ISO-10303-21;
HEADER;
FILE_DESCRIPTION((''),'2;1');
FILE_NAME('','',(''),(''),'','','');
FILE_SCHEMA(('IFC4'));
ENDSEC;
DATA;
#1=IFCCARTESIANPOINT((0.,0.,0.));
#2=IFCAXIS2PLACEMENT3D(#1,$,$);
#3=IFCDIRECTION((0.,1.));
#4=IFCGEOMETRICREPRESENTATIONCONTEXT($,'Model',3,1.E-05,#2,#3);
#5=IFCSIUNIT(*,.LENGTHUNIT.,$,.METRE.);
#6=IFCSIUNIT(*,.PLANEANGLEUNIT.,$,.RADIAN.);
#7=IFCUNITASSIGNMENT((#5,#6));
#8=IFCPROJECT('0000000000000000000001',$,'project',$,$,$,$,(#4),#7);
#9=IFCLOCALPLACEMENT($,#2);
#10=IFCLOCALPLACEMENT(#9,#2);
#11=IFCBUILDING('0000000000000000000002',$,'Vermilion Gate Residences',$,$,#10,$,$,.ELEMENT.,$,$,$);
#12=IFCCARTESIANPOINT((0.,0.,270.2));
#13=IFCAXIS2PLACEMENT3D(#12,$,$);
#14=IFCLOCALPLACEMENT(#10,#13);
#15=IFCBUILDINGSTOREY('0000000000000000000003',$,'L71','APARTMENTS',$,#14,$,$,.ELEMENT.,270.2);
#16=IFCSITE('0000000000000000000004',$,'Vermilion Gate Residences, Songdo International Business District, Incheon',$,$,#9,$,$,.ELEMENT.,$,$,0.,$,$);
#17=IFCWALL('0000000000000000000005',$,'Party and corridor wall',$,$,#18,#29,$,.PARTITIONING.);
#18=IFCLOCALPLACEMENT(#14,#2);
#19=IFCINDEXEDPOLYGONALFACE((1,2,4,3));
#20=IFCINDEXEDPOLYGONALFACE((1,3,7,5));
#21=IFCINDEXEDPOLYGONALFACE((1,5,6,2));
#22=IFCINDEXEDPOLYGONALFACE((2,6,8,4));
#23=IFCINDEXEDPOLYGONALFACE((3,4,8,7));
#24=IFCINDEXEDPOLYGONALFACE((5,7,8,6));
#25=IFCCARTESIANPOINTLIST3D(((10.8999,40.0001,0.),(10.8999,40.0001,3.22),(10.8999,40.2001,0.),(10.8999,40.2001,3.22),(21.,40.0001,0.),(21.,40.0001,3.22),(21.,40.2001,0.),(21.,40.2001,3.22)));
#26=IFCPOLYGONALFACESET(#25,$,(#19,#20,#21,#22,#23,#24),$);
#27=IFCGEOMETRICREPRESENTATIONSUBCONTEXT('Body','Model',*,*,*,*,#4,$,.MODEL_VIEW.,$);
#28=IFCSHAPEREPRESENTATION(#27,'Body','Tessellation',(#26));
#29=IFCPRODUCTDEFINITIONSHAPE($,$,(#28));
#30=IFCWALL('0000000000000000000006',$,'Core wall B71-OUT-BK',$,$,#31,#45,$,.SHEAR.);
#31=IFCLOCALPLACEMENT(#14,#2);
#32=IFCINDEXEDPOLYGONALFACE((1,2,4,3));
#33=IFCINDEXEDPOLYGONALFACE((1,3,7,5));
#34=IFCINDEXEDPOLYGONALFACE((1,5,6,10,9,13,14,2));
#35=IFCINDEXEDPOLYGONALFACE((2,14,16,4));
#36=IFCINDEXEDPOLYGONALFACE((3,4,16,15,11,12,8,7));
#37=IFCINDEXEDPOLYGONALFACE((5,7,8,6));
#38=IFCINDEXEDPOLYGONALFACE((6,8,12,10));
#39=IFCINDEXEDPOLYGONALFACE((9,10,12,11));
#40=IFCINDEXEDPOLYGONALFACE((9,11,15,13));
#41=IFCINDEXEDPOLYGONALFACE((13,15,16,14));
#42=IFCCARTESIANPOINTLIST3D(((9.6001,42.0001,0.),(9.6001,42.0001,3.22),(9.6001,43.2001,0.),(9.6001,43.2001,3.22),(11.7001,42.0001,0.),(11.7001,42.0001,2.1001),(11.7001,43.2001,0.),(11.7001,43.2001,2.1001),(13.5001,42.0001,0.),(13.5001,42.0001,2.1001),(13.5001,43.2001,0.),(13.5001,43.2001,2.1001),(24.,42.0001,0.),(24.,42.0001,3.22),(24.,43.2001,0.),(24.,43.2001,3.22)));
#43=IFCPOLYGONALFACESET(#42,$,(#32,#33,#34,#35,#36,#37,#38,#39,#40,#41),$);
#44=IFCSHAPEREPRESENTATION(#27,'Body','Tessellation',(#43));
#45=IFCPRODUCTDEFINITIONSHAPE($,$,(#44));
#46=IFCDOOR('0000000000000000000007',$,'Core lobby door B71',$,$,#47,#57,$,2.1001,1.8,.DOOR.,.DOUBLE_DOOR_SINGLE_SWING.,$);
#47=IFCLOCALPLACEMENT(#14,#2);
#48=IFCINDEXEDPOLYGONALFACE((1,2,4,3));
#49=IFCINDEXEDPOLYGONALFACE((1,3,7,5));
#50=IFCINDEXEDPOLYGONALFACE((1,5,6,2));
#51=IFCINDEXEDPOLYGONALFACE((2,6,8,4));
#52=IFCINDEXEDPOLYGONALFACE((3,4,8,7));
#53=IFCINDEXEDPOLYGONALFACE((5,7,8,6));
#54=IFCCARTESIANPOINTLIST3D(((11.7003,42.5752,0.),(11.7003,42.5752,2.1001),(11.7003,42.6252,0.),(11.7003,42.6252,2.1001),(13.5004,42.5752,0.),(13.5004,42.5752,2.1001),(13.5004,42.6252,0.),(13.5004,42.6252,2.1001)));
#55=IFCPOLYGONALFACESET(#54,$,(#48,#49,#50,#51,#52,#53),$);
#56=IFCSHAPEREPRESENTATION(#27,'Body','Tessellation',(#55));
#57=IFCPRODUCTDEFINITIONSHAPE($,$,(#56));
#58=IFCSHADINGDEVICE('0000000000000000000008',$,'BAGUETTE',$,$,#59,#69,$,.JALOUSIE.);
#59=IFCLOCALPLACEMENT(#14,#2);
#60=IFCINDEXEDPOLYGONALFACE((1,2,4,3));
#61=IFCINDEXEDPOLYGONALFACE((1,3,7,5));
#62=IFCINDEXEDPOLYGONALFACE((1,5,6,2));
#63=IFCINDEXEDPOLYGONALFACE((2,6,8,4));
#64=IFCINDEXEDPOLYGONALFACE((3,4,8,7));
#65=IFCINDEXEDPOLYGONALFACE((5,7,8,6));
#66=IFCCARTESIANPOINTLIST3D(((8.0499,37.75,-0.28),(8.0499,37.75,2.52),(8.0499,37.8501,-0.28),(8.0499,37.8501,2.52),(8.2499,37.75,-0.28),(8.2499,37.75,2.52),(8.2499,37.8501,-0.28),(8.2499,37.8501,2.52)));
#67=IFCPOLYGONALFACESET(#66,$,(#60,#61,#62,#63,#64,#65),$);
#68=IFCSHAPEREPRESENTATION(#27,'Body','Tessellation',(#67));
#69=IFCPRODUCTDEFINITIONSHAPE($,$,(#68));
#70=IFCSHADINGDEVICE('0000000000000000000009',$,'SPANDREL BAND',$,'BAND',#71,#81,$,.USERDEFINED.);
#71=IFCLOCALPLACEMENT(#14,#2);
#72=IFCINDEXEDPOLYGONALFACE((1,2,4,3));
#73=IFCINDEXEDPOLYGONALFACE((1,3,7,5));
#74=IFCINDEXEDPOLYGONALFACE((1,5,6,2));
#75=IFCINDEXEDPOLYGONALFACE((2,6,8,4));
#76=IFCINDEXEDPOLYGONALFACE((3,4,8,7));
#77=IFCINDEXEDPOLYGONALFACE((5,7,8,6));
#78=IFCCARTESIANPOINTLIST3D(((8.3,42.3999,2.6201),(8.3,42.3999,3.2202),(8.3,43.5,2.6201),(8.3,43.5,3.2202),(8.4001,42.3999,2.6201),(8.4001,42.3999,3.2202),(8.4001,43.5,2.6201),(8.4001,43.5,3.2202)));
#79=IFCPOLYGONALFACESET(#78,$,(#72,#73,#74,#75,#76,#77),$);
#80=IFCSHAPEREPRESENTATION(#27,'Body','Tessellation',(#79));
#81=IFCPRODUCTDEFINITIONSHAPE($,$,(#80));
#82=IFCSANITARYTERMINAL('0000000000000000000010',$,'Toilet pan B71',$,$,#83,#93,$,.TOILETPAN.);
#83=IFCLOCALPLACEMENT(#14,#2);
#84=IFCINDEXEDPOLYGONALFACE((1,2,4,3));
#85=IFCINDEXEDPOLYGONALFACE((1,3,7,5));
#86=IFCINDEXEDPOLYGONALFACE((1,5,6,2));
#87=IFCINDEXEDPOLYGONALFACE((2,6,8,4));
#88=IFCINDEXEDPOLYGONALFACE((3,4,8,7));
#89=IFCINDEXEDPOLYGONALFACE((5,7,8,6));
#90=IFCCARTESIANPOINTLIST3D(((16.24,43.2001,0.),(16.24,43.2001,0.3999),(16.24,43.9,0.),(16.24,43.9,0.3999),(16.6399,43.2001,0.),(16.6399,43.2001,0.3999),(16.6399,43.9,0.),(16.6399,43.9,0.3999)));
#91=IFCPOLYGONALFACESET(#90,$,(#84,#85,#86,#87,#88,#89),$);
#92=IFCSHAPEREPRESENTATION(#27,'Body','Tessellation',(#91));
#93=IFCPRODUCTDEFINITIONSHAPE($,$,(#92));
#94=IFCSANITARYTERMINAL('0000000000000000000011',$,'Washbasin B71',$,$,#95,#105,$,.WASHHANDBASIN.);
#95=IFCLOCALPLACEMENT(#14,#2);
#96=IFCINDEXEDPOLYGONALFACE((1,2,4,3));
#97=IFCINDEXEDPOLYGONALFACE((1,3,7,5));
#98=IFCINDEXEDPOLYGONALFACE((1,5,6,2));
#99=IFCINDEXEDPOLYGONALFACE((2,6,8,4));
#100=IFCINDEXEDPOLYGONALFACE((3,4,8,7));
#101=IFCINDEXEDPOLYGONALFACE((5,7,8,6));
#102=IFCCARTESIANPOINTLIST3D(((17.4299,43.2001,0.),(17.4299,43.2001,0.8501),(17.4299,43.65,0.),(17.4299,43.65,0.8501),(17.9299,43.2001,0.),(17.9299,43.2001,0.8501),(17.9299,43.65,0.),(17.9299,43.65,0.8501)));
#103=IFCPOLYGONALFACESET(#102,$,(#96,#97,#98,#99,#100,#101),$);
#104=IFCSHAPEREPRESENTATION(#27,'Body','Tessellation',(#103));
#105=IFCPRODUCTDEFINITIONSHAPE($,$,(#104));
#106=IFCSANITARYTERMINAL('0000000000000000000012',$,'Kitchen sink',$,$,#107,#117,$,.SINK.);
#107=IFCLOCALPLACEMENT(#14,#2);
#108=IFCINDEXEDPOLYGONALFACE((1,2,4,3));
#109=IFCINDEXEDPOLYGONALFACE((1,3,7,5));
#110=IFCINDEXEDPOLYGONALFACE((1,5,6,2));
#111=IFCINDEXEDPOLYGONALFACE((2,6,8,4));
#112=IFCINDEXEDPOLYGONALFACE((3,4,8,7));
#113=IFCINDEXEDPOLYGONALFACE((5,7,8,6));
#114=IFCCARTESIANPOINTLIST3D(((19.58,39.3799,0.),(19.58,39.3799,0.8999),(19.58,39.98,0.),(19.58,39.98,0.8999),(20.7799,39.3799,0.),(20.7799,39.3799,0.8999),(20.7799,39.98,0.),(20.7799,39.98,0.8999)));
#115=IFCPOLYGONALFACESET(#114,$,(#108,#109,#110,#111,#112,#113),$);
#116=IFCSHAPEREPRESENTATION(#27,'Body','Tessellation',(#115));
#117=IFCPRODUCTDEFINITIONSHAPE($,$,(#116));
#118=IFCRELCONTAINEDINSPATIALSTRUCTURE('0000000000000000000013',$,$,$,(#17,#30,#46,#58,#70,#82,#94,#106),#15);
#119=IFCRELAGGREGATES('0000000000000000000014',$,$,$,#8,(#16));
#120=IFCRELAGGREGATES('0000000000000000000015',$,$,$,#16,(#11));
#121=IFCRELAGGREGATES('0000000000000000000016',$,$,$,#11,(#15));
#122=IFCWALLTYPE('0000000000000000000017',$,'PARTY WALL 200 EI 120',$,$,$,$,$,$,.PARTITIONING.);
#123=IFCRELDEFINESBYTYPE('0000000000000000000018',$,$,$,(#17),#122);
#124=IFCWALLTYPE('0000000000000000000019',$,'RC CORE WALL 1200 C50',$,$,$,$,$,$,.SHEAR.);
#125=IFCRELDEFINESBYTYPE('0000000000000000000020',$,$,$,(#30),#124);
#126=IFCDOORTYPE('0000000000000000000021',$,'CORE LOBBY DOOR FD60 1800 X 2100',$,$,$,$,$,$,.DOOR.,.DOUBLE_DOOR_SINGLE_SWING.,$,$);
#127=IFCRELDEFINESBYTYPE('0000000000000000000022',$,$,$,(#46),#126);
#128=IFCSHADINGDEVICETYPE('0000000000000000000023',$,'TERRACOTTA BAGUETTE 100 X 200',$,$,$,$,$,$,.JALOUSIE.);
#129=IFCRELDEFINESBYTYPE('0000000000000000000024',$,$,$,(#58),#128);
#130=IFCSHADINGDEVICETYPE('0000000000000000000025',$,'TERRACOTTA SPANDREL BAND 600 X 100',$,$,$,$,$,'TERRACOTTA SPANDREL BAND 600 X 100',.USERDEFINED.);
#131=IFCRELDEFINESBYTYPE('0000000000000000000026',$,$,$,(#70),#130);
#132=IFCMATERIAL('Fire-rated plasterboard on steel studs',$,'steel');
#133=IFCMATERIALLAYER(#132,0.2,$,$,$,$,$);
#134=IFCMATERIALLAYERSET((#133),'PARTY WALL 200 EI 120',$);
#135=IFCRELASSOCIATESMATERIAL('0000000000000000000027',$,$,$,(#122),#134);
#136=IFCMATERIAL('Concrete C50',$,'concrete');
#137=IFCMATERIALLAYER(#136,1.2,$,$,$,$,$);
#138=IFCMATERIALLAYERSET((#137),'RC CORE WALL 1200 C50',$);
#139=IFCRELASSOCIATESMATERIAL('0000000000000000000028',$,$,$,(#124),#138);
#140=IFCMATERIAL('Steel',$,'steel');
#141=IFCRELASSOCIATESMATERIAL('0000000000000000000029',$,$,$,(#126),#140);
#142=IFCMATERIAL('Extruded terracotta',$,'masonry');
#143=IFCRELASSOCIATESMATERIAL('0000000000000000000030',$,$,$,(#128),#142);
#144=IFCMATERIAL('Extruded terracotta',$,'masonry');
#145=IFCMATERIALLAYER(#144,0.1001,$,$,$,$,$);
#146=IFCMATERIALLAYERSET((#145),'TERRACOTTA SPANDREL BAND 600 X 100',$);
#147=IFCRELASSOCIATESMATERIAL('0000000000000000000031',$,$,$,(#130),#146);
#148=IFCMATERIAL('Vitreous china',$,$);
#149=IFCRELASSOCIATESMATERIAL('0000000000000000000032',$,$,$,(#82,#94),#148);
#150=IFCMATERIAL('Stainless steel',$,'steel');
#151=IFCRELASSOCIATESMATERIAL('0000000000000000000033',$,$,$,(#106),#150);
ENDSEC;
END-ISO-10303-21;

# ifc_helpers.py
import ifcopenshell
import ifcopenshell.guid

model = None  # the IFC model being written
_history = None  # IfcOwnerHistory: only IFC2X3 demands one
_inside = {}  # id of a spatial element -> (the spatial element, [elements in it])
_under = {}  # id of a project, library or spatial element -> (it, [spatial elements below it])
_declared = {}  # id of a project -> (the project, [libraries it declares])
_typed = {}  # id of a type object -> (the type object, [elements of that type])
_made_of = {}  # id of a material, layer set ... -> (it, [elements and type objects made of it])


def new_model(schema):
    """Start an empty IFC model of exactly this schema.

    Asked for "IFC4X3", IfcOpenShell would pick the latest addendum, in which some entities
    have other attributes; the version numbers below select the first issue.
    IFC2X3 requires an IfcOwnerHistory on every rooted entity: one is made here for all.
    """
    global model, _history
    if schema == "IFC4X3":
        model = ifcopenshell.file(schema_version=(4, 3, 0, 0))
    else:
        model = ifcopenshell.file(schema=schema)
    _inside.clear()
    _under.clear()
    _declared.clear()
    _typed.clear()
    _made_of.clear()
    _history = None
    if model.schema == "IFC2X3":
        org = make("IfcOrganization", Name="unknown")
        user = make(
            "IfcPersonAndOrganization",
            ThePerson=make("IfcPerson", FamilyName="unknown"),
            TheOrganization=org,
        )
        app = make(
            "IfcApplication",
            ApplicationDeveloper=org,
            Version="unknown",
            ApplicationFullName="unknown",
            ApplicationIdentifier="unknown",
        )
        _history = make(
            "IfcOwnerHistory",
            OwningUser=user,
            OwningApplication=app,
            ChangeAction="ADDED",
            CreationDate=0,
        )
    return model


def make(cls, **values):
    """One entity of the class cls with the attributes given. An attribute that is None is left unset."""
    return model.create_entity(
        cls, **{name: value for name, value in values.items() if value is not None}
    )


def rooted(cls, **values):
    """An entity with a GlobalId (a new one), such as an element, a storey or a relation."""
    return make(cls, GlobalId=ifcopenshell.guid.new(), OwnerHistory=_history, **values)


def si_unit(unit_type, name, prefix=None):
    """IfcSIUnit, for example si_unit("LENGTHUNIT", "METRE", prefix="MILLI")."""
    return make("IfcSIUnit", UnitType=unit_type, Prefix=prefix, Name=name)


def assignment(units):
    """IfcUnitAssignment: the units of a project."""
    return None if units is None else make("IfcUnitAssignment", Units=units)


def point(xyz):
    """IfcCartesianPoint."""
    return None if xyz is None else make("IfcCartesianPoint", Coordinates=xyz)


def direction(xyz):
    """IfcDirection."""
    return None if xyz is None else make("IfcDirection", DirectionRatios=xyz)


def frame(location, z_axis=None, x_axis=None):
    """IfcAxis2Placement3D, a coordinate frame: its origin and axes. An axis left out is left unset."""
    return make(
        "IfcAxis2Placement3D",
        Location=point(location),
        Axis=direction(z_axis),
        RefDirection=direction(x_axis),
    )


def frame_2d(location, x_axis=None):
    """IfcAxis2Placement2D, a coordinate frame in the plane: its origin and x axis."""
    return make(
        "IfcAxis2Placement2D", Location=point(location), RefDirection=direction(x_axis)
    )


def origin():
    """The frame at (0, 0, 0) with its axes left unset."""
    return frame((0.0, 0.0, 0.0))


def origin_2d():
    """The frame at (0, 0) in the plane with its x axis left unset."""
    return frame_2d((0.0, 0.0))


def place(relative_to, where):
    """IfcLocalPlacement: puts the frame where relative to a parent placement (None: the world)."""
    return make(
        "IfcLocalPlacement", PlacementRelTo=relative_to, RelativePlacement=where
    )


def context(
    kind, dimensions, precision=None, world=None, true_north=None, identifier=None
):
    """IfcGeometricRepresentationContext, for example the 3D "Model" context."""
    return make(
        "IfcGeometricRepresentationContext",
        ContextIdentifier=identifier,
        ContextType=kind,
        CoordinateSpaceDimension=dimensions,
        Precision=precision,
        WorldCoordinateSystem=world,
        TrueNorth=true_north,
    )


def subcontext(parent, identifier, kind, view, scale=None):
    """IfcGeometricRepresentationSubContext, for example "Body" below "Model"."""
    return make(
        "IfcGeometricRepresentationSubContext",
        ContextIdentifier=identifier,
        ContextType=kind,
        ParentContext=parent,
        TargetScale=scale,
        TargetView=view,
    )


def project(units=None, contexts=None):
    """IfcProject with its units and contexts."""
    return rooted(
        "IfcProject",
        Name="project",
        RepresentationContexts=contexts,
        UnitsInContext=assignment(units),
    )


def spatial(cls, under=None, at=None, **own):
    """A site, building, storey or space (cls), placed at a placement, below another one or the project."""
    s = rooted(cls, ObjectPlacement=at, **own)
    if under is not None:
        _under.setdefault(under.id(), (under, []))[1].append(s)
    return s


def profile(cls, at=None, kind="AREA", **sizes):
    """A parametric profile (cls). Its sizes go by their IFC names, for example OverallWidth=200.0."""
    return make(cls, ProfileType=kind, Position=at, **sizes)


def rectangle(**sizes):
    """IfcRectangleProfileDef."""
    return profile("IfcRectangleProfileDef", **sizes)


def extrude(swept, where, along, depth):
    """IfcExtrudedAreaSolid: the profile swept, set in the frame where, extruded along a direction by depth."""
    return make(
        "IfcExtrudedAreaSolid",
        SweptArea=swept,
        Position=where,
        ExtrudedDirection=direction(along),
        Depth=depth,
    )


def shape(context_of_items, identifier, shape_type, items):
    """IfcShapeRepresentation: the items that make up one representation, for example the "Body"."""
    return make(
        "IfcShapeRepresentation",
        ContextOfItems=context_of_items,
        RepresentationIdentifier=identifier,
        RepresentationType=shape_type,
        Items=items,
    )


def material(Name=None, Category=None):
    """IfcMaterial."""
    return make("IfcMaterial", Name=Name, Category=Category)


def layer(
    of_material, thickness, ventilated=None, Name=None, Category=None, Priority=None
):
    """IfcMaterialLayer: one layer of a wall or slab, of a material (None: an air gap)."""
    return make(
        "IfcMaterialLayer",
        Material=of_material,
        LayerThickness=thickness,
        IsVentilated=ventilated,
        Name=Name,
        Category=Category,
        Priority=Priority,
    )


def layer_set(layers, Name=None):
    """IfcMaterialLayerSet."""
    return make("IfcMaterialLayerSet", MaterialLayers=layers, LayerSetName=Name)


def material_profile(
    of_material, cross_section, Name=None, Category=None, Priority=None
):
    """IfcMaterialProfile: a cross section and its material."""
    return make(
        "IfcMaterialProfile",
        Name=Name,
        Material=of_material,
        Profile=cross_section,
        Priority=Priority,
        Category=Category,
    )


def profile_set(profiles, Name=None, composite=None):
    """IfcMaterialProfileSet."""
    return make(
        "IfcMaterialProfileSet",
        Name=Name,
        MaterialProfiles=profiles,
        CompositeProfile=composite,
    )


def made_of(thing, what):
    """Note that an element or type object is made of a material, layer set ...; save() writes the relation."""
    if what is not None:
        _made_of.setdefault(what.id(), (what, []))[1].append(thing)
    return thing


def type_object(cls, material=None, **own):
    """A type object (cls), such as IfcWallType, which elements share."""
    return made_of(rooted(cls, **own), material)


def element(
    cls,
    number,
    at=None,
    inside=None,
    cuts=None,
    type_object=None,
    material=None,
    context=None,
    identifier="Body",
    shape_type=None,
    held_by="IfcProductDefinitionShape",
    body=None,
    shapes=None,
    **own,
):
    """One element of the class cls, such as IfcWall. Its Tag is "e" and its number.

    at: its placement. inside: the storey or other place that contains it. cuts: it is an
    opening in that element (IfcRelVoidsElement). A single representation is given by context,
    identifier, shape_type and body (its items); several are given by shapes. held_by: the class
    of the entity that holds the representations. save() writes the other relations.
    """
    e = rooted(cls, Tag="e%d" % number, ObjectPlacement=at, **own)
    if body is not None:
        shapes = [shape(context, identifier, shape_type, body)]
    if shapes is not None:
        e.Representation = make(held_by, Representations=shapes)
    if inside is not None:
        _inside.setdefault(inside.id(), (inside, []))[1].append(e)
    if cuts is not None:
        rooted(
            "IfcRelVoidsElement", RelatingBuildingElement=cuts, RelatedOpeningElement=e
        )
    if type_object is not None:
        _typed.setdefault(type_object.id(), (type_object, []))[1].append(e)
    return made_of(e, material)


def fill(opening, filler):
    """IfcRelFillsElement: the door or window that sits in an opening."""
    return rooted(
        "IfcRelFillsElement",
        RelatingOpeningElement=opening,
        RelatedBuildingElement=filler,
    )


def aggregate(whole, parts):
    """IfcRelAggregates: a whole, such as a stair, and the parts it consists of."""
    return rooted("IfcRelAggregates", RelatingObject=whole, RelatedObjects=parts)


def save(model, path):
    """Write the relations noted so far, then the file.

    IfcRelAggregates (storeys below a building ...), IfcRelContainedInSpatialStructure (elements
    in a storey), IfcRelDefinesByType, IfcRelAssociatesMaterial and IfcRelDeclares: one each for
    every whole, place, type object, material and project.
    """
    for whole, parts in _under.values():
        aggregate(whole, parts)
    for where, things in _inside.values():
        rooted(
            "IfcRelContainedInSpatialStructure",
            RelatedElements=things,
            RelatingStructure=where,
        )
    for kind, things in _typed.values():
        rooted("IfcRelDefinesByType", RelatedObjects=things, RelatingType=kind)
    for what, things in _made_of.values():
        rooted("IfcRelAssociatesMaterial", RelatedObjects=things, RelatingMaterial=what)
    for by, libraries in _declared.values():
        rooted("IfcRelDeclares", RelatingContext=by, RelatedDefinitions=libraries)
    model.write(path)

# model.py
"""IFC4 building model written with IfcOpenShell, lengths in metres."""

from ifc_helpers import new_model, si_unit, direction, frame, frame_2d, origin, origin_2d, place, context, subcontext, project, spatial, rectangle, extrude, material, layer, layer_set, material_profile, profile_set, type_object, element, fill, save


model = new_model("IFC4")

# Units and contexts
model_context = context("Model", 3, precision=1e-05, world=origin(), true_north=direction((0.0, 1.0)))
body_context = subcontext(model_context, "Body", "Model", "MODEL_VIEW")
ifc_project = project(units=[si_unit("LENGTHUNIT", "METRE"), si_unit("PLANEANGLEUNIT", "RADIAN")], contexts=[model_context])

# Site, building, storey
site_placement = place(None, origin())
site = spatial("IfcSite", under=ifc_project, at=site_placement, Name="Vermilion Gate Residences, Songdo International Business District, Incheon", CompositionType="ELEMENT", RefElevation=0.0)
building_placement = place(site_placement, origin())
building = spatial("IfcBuilding", under=site, at=building_placement, Name="Vermilion Gate Residences", CompositionType="ELEMENT")
storey_placement = place(building_placement, frame((0.0, 0.0, 270.2)))
storey = spatial("IfcBuildingStorey", under=building, at=storey_placement, Name="L71", Description="APARTMENTS", CompositionType="ELEMENT", Elevation=270.2)

# Wall
ifc_material_1 = material(Name="Fire-rated plasterboard on steel studs", Category="steel")
ifc_layer_1 = layer(ifc_material_1, 0.2)
ifc_layer_set_1 = layer_set([ifc_layer_1], Name="PARTY WALL 200 EI 120")
wall_type_1 = type_object("IfcWallType", Name="PARTY WALL 200 EI 120", PredefinedType="PARTITIONING", material=ifc_layer_set_1)
wall_1_placement = place(storey_placement, frame((10.8999, 40.1001, 0.0), z_axis=(0.0, 0.0, 1.0), x_axis=(1.0, 0.0, 0.0)))
element("IfcWall", 1, at=wall_1_placement, inside=storey, type_object=wall_type_1, Name="Party and corridor wall", PredefinedType="PARTITIONING", context=body_context, shape_type="SweptSolid", body=[
    extrude(rectangle(XDim=10.1001, YDim=0.2, at=frame_2d((5.05, 0.0))), origin(), (0.0, 0.0, 1.0), 3.22),
])

# Wall, opening, door
ifc_material_2 = material(Name="Concrete C50", Category="concrete")
ifc_layer_2 = layer(ifc_material_2, 1.2)
ifc_layer_set_2 = layer_set([ifc_layer_2], Name="RC CORE WALL 1200 C50")
wall_type_2 = type_object("IfcWallType", Name="RC CORE WALL 1200 C50", PredefinedType="SHEAR", material=ifc_layer_set_2)
wall_2_placement = place(storey_placement, frame((9.6001, 42.6001, 0.0), z_axis=(0.0, 0.0, 1.0), x_axis=(1.0, 0.0, 0.0)))
wall_2 = element("IfcWall", 2, at=wall_2_placement, inside=storey, type_object=wall_type_2, Name="Core wall B71-OUT-BK", PredefinedType="SHEAR", context=body_context, shape_type="SweptSolid", body=[
    extrude(rectangle(XDim=14.3999, YDim=1.2, at=frame_2d((7.2, 0.0))), origin(), (0.0, 0.0, 1.0), 3.22),
])
opening_1_placement = place(wall_2_placement, frame((2.1001, 0.0, 0.0)))
opening_1 = element("IfcOpeningElement", 3, at=opening_1_placement, cuts=wall_2, PredefinedType="OPENING", context=body_context, shape_type="SweptSolid", body=[
    extrude(rectangle(XDim=1.8, YDim=2.1001, at=frame_2d((0.8999, 1.05))), frame((0.0, 0.6099, 0.0), z_axis=(0.0, -1.0, 0.0), x_axis=(1.0, 0.0, 0.0)), (0.0, 0.0, 1.0), 1.22),
])
ifc_material_3 = material(Name="Steel", Category="steel")
door_type_1 = type_object("IfcDoorType", Name="CORE LOBBY DOOR FD60 1800 X 2100", OperationType="DOUBLE_DOOR_SINGLE_SWING", PredefinedType="DOOR", material=ifc_material_3)
door_1_placement = place(opening_1_placement, frame((1.8, 0.0, 0.0), z_axis=(0.0, 0.0, 1.0), x_axis=(-1.0, 0.0, 0.0)))
door_1 = element("IfcDoor", 4, at=door_1_placement, inside=storey, type_object=door_type_1, Name="Core lobby door B71", OperationType="DOUBLE_DOOR_SINGLE_SWING", OverallHeight=2.1001, OverallWidth=1.8, PredefinedType="DOOR", context=body_context, shape_type="SweptSolid", body=[
    extrude(rectangle(XDim=1.8, YDim=2.1001, at=frame_2d((0.8999, 1.05))), frame((0.0, 0.0249, 0.0), z_axis=(0.0, -1.0, 0.0), x_axis=(1.0, 0.0, 0.0)), (0.0, 0.0, 1.0), 0.05),
])
fill(opening_1, door_1)

# Shading devices
ifc_material_4 = material(Name="Extruded terracotta", Category="masonry")
ifc_material_profile = material_profile(ifc_material_4, rectangle(XDim=0.2, YDim=0.1001, at=origin_2d()), Name="BAGUETTE 100 X 200")
ifc_profile_set = profile_set([ifc_material_profile], Name="Extruded terracotta")
shading_device_type_1 = type_object("IfcShadingDeviceType", Name="TERRACOTTA BAGUETTE 100 X 200", PredefinedType="JALOUSIE", material=ifc_profile_set)
shading_device_1_placement = place(storey_placement, frame((8.1499, 37.8, -0.28), z_axis=(0.0, 0.0, 1.0), x_axis=(1.0, 0.0, 0.0)))
element("IfcShadingDevice", 5, at=shading_device_1_placement, inside=storey, type_object=shading_device_type_1, Name="BAGUETTE", PredefinedType="JALOUSIE", context=body_context, shape_type="SweptSolid", body=[
    extrude(rectangle(XDim=0.2, YDim=0.1001, at=origin_2d()), origin(), (0.0, 0.0, 1.0), 2.8),
])
ifc_material_5 = material(Name="Extruded terracotta", Category="masonry")
ifc_layer_3 = layer(ifc_material_5, 0.1001)
ifc_layer_set_3 = layer_set([ifc_layer_3], Name="TERRACOTTA SPANDREL BAND 600 X 100")
shading_device_type_2 = type_object("IfcShadingDeviceType", Name="TERRACOTTA SPANDREL BAND 600 X 100", ElementType="TERRACOTTA SPANDREL BAND 600 X 100", PredefinedType="USERDEFINED", material=ifc_layer_set_3)
shading_device_2_placement = place(storey_placement, frame((8.3501, 42.95, 2.6201), z_axis=(0.0, 0.0, 1.0), x_axis=(0.0, 1.0, 0.0)))
element("IfcShadingDevice", 6, at=shading_device_2_placement, inside=storey, type_object=shading_device_type_2, Name="SPANDREL BAND", ObjectType="BAND", PredefinedType="USERDEFINED", context=body_context, shape_type="SweptSolid", body=[
    extrude(rectangle(XDim=1.1001, YDim=0.1001, at=origin_2d()), origin(), (0.0, 0.0, 1.0), 0.6001),
])

# Sanitary terminals
ifc_material_6 = material(Name="Vitreous china")
sanitary_terminal_1_placement = place(storey_placement, frame((16.4399, 43.55, 0.0), z_axis=(0.0, 0.0, 1.0), x_axis=(1.0, 0.0, 0.0)))
element("IfcSanitaryTerminal", 7, at=sanitary_terminal_1_placement, inside=storey, material=ifc_material_6, Name="Toilet pan B71", PredefinedType="TOILETPAN", context=body_context, shape_type="SweptSolid", body=[
    extrude(rectangle(XDim=0.3999, YDim=0.7, at=origin_2d()), origin(), (0.0, 0.0, 1.0), 0.3999),
])
sanitary_terminal_2_placement = place(storey_placement, frame((17.6799, 43.425, 0.0), z_axis=(0.0, 0.0, 1.0), x_axis=(1.0, 0.0, 0.0)))
element("IfcSanitaryTerminal", 8, at=sanitary_terminal_2_placement, inside=storey, material=ifc_material_6, Name="Washbasin B71", PredefinedType="WASHHANDBASIN", context=body_context, shape_type="SweptSolid", body=[
    extrude(rectangle(XDim=0.5, YDim=0.45, at=origin_2d()), origin(), (0.0, 0.0, 1.0), 0.8501),
])
ifc_material_7 = material(Name="Stainless steel", Category="steel")
sanitary_terminal_3_placement = place(storey_placement, frame((20.1799, 39.6799, 0.0), z_axis=(0.0, 0.0, 1.0), x_axis=(1.0, 0.0, 0.0)))
element("IfcSanitaryTerminal", 9, at=sanitary_terminal_3_placement, inside=storey, material=ifc_material_7, Name="Kitchen sink", PredefinedType="SINK", context=body_context, shape_type="SweptSolid", body=[
    extrude(rectangle(XDim=1.2, YDim=0.6001, at=origin_2d()), origin(), (0.0, 0.0, 1.0), 0.8999),
])

save(model, "model.ifc")
